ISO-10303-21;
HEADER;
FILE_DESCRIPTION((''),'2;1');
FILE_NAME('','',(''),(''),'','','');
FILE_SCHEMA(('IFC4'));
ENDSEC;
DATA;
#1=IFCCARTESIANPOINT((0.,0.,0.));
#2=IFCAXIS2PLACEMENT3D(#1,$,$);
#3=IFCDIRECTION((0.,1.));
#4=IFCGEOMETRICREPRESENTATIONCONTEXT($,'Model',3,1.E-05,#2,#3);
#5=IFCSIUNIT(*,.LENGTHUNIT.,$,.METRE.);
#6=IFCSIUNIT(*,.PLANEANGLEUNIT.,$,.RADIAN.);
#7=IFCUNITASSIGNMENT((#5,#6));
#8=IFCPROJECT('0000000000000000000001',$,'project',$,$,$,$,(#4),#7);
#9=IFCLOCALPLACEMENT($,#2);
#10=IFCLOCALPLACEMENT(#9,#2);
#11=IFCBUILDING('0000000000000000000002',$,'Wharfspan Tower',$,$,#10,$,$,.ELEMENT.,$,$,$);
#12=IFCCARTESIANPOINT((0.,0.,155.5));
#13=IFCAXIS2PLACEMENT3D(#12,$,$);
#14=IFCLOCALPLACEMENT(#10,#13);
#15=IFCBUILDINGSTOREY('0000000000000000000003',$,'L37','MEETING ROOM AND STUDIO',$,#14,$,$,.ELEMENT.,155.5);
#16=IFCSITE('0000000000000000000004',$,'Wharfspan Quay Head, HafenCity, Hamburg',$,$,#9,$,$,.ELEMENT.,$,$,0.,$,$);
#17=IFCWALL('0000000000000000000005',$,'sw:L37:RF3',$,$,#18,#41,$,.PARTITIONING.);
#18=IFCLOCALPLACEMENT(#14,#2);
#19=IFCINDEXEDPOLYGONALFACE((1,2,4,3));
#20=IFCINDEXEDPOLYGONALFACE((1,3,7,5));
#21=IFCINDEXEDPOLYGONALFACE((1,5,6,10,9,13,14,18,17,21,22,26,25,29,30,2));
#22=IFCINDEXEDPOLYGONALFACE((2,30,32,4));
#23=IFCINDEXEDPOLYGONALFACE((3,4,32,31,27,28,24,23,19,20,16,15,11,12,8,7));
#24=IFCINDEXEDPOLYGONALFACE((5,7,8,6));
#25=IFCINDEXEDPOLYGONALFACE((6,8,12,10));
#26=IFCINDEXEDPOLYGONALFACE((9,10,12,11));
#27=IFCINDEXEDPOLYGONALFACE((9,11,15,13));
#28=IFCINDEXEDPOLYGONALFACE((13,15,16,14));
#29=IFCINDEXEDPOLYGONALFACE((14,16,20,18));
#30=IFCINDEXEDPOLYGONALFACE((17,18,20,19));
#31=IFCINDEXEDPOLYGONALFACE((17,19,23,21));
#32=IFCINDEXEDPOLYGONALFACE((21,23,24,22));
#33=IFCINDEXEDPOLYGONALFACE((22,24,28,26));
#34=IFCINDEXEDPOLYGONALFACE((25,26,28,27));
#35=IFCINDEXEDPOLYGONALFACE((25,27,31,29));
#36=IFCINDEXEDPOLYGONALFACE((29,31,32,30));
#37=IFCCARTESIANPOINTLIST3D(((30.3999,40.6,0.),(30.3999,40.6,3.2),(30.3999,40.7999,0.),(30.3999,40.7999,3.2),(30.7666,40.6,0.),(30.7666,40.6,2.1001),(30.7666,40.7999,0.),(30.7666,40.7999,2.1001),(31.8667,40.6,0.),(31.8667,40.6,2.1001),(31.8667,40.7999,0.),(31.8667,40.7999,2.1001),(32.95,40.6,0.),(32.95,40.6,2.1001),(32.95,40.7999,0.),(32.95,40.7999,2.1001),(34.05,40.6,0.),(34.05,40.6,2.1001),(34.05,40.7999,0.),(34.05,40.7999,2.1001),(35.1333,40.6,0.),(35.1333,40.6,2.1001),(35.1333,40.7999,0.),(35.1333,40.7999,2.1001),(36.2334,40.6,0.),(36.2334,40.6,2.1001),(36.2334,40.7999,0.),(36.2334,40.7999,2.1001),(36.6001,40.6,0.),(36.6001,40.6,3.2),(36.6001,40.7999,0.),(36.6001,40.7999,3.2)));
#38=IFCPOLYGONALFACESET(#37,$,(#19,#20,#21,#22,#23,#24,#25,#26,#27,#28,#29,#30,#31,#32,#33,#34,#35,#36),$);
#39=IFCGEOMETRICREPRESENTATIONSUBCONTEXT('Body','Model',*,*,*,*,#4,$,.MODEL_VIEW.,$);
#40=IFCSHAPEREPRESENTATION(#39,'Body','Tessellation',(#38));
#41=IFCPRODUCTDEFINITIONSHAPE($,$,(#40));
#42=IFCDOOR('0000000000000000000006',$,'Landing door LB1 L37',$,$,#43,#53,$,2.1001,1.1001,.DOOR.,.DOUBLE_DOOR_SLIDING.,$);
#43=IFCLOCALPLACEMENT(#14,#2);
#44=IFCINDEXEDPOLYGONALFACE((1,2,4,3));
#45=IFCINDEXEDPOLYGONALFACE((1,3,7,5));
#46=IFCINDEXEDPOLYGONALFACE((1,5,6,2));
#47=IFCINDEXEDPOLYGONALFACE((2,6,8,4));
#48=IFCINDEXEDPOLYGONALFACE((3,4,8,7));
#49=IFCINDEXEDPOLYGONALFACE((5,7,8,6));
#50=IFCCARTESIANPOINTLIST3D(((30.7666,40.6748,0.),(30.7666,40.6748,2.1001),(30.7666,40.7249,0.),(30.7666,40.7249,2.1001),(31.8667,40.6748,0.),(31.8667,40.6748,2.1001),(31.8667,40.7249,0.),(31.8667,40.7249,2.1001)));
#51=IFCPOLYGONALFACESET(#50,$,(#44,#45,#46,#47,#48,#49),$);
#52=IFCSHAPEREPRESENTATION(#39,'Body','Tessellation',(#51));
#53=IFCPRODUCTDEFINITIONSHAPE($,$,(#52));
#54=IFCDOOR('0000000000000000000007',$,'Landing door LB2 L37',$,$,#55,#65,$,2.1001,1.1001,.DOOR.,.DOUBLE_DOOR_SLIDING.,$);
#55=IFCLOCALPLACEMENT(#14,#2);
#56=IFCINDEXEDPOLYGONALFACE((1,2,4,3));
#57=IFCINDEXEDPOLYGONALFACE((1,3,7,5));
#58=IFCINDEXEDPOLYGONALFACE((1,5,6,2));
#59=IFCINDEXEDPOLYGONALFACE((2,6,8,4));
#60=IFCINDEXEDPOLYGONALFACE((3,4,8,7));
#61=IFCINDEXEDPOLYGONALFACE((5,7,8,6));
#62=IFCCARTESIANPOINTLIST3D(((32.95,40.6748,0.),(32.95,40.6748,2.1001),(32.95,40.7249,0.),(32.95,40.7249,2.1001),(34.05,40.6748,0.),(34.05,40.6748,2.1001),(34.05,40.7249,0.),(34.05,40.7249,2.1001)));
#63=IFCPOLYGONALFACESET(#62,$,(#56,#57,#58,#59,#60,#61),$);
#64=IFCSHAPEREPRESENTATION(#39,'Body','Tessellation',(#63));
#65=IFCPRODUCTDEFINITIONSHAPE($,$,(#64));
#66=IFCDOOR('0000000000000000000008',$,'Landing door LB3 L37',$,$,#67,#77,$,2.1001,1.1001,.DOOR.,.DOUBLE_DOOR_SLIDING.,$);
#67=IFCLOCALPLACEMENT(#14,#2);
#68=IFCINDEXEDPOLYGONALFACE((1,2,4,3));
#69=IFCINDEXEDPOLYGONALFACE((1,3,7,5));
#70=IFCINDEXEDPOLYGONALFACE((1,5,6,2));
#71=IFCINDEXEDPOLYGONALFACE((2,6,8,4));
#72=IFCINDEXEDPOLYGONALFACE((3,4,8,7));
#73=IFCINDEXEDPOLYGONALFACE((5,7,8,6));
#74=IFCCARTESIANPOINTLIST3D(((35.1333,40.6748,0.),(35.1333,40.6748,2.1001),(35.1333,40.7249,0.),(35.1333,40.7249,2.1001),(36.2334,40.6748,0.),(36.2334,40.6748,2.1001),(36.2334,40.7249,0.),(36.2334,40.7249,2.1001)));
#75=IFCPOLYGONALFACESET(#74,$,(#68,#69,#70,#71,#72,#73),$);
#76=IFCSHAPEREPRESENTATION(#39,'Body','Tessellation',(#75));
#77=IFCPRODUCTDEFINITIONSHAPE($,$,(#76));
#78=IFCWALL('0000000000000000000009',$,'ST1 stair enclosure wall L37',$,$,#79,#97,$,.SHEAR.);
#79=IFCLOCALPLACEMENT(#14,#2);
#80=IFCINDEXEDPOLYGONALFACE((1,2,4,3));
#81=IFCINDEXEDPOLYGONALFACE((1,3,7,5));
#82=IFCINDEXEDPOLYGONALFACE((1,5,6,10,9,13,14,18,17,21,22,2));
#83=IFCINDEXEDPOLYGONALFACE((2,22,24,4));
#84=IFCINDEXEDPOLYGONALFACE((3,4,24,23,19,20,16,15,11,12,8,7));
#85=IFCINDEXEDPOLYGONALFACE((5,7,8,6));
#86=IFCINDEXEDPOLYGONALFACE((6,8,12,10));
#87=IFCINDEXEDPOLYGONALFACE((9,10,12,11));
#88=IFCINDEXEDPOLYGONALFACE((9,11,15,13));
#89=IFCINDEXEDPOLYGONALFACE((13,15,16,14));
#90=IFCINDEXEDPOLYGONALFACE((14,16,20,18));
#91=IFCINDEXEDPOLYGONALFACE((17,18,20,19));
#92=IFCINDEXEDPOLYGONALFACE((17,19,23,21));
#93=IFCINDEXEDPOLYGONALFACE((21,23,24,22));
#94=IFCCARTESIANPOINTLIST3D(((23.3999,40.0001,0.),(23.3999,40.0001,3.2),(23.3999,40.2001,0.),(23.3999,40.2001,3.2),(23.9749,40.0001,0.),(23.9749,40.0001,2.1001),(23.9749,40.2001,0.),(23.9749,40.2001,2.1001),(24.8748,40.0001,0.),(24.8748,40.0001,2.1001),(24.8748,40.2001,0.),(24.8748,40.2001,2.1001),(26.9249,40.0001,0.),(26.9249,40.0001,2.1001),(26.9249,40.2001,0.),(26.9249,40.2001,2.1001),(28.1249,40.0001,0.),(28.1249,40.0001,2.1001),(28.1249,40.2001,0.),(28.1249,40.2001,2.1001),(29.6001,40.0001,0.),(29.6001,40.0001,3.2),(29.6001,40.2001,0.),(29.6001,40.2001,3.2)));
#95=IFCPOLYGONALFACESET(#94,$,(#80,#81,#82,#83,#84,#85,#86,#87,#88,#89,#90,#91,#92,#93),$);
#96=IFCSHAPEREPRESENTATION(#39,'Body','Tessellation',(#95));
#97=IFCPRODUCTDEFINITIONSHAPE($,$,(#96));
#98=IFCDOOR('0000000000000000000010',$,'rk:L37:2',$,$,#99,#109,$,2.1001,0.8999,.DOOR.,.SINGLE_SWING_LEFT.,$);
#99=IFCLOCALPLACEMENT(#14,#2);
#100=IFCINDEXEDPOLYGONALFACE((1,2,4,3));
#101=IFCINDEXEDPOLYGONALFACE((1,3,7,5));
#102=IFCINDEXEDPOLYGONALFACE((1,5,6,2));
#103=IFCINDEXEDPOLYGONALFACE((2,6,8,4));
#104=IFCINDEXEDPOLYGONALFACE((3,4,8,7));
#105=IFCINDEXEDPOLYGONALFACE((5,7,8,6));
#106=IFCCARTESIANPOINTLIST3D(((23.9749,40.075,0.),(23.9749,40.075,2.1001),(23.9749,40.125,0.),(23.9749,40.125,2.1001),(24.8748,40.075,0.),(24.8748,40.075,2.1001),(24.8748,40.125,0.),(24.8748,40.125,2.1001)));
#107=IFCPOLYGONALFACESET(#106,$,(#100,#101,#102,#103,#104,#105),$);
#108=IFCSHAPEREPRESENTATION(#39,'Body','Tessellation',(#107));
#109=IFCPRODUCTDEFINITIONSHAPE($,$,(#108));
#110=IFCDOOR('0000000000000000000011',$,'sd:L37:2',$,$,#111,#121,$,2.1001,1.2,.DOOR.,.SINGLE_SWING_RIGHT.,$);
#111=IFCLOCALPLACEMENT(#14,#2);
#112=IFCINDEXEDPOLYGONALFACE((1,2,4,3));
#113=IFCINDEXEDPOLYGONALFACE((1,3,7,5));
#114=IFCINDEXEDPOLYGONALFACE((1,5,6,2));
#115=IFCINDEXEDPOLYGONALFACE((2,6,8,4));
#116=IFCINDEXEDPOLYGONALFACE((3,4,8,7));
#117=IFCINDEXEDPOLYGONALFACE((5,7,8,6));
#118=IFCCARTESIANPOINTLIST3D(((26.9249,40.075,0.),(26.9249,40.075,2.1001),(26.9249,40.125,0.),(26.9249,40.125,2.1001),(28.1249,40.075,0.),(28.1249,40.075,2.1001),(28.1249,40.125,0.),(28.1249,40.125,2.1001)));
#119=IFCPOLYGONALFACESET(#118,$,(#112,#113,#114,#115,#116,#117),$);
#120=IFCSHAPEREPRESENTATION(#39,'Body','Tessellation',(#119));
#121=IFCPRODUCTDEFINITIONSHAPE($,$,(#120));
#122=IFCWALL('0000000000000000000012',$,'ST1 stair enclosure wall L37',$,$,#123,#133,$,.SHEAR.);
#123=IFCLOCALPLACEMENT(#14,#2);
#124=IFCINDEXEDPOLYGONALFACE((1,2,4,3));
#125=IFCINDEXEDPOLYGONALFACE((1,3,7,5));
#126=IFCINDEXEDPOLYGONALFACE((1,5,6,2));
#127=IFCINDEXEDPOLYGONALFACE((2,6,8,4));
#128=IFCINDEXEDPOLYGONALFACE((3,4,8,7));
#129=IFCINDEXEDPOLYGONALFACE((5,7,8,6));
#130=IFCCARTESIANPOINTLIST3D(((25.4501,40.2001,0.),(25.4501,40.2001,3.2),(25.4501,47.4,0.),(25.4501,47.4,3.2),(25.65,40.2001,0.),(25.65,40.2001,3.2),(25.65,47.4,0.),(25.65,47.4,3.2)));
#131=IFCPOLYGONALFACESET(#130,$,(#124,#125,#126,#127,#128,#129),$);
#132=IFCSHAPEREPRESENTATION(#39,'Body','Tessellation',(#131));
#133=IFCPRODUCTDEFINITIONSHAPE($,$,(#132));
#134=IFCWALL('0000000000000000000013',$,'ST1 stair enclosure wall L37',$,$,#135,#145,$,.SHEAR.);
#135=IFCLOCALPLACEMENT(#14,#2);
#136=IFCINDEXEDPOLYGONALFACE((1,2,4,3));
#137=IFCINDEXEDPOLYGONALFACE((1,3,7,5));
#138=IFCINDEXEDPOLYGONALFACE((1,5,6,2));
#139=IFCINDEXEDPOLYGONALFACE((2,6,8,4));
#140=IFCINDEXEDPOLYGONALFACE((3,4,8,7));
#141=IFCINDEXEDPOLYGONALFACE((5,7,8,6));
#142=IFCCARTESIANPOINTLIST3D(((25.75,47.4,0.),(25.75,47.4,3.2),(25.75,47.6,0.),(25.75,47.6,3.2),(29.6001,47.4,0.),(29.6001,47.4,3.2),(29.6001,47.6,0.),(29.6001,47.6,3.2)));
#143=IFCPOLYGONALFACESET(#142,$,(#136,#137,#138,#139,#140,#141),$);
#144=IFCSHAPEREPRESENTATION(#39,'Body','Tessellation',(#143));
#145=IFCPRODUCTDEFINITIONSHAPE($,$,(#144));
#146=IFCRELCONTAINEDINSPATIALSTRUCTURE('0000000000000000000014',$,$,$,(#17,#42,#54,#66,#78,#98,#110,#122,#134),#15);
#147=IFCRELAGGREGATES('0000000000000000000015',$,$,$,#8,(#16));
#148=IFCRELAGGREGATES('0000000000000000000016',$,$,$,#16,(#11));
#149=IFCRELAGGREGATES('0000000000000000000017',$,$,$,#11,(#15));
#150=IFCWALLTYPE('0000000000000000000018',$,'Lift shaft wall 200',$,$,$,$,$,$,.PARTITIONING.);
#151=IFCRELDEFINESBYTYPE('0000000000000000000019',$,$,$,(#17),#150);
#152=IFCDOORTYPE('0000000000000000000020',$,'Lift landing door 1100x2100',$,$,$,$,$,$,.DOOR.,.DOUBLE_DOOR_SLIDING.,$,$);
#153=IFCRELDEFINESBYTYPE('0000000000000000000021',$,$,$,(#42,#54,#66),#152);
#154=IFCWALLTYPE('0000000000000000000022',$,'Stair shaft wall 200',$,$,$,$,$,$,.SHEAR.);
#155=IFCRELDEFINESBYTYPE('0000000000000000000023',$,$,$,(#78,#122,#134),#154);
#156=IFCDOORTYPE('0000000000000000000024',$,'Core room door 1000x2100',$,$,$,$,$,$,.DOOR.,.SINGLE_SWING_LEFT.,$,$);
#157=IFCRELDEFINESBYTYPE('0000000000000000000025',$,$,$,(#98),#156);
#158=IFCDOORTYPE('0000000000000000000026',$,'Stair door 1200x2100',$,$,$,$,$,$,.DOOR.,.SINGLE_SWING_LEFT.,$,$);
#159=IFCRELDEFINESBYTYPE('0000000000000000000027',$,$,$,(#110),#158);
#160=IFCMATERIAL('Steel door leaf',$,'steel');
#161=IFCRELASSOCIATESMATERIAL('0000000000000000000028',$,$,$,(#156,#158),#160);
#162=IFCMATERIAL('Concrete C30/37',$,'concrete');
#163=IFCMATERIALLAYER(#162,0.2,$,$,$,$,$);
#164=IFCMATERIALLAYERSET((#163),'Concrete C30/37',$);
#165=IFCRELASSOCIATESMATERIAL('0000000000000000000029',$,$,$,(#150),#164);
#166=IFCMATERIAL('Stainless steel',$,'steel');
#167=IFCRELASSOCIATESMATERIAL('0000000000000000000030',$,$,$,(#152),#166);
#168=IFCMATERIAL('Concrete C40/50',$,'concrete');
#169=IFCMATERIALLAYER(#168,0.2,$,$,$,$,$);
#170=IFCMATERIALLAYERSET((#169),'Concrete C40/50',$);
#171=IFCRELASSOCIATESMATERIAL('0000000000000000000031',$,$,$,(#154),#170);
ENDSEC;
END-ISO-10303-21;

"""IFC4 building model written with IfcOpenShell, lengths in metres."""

from ifc_helpers import new_model, si_unit, direction, frame, frame_2d, origin, place, context, subcontext, project, spatial, rectangle, extrude, material, layer, layer_set, type_object, element, fill, save


model = new_model("IFC4")

# Units and contexts
model_context = context("Model", 3, precision=1e-05, world=origin(), true_north=direction((0.0, 1.0)))
body_context = subcontext(model_context, "Body", "Model", "MODEL_VIEW")
ifc_project = project(units=[si_unit("LENGTHUNIT", "METRE"), si_unit("PLANEANGLEUNIT", "RADIAN")], contexts=[model_context])

# Site, building, storey
site_placement = place(None, origin())
site = spatial("IfcSite", under=ifc_project, at=site_placement, Name="Wharfspan Quay Head, HafenCity, Hamburg", CompositionType="ELEMENT", RefElevation=0.0)
building_placement = place(site_placement, origin())
building = spatial("IfcBuilding", under=site, at=building_placement, Name="Wharfspan Tower", CompositionType="ELEMENT")
storey_placement = place(building_placement, frame((0.0, 0.0, 155.5)))
storey = spatial("IfcBuildingStorey", under=building, at=storey_placement, Name="L37", Description="MEETING ROOM AND STUDIO", CompositionType="ELEMENT", Elevation=155.5)

# Shared definitions
ifc_material_1 = material(Name="Steel door leaf", Category="steel")
door_type_1 = type_object("IfcDoorType", Name="Core room door 1000x2100", OperationType="SINGLE_SWING_LEFT", PredefinedType="DOOR", material=ifc_material_1)

# Walls, openings, doors
ifc_material_2 = material(Name="Concrete C30/37", Category="concrete")
ifc_layer_1 = layer(ifc_material_2, 0.2)
ifc_layer_set_1 = layer_set([ifc_layer_1], Name="Concrete C30/37")
wall_type_1 = type_object("IfcWallType", Name="Lift shaft wall 200", PredefinedType="PARTITIONING", material=ifc_layer_set_1)
wall_1_placement = place(storey_placement, frame((30.3999, 40.7, 0.0), z_axis=(0.0, 0.0, 1.0), x_axis=(1.0, 0.0, 0.0)))
wall_1 = element("IfcWall", 1, at=wall_1_placement, inside=storey, type_object=wall_type_1, Name="sw:L37:RF3", PredefinedType="PARTITIONING", context=body_context, shape_type="SweptSolid", body=[
    extrude(rectangle(XDim=6.2002, YDim=0.2, at=frame_2d((3.1001, 0.0))), origin(), (0.0, 0.0, 1.0), 3.2),
])
opening_1_placement = place(wall_1_placement, frame((0.3667, 0.0, 0.0)))
opening_1 = element("IfcOpeningElement", 2, at=opening_1_placement, cuts=wall_1, PredefinedType="OPENING", context=body_context, shape_type="SweptSolid", body=[
    extrude(rectangle(XDim=1.1001, YDim=2.1001, at=frame_2d((0.55, 1.05))), frame((0.0, 0.1099, 0.0), z_axis=(0.0, -1.0, 0.0), x_axis=(1.0, 0.0, 0.0)), (0.0, 0.0, 1.0), 0.22),
])
opening_2_placement = place(wall_1_placement, frame((2.55, 0.0, 0.0)))
opening_2 = element("IfcOpeningElement", 3, at=opening_2_placement, cuts=wall_1, PredefinedType="OPENING", context=body_context, shape_type="SweptSolid", body=[
    extrude(rectangle(XDim=1.1001, YDim=2.1001, at=frame_2d((0.55, 1.05))), frame((0.0, 0.1099, 0.0), z_axis=(0.0, -1.0, 0.0), x_axis=(1.0, 0.0, 0.0)), (0.0, 0.0, 1.0), 0.22),
])
opening_3_placement = place(wall_1_placement, frame((4.7334, 0.0, 0.0)))
opening_3 = element("IfcOpeningElement", 4, at=opening_3_placement, cuts=wall_1, PredefinedType="OPENING", context=body_context, shape_type="SweptSolid", body=[
    extrude(rectangle(XDim=1.1001, YDim=2.1001, at=frame_2d((0.55, 1.05))), frame((0.0, 0.1099, 0.0), z_axis=(0.0, -1.0, 0.0), x_axis=(1.0, 0.0, 0.0)), (0.0, 0.0, 1.0), 0.22),
])
ifc_material_3 = material(Name="Stainless steel", Category="steel")
door_type_2 = type_object("IfcDoorType", Name="Lift landing door 1100x2100", OperationType="DOUBLE_DOOR_SLIDING", PredefinedType="DOOR", material=ifc_material_3)
door_1_placement = place(opening_1_placement, origin())
door_1 = element("IfcDoor", 5, at=door_1_placement, inside=storey, type_object=door_type_2, Name="Landing door LB1 L37", OperationType="DOUBLE_DOOR_SLIDING", OverallHeight=2.1001, OverallWidth=1.1001, PredefinedType="DOOR", context=body_context, shape_type="SweptSolid", body=[
    extrude(rectangle(XDim=1.1001, YDim=2.1001, at=frame_2d((0.55, 1.05))), frame((0.0, 0.0249, 0.0), z_axis=(0.0, -1.0, 0.0), x_axis=(1.0, 0.0, 0.0)), (0.0, 0.0, 1.0), 0.05),
])
fill(opening_1, door_1)
door_2_placement = place(opening_2_placement, origin())
door_2 = element("IfcDoor", 6, at=door_2_placement, inside=storey, type_object=door_type_2, Name="Landing door LB2 L37", OperationType="DOUBLE_DOOR_SLIDING", OverallHeight=2.1001, OverallWidth=1.1001, PredefinedType="DOOR", context=body_context, shape_type="SweptSolid", body=[
    extrude(rectangle(XDim=1.1001, YDim=2.1001, at=frame_2d((0.55, 1.05))), frame((0.0, 0.0249, 0.0), z_axis=(0.0, -1.0, 0.0), x_axis=(1.0, 0.0, 0.0)), (0.0, 0.0, 1.0), 0.05),
])
fill(opening_2, door_2)
door_3_placement = place(opening_3_placement, origin())
door_3 = element("IfcDoor", 7, at=door_3_placement, inside=storey, type_object=door_type_2, Name="Landing door LB3 L37", OperationType="DOUBLE_DOOR_SLIDING", OverallHeight=2.1001, OverallWidth=1.1001, PredefinedType="DOOR", context=body_context, shape_type="SweptSolid", body=[
    extrude(rectangle(XDim=1.1001, YDim=2.1001, at=frame_2d((0.55, 1.05))), frame((0.0, 0.0249, 0.0), z_axis=(0.0, -1.0, 0.0), x_axis=(1.0, 0.0, 0.0)), (0.0, 0.0, 1.0), 0.05),
])
fill(opening_3, door_3)
ifc_material_4 = material(Name="Concrete C40/50", Category="concrete")
ifc_layer_2 = layer(ifc_material_4, 0.2)
ifc_layer_set_2 = layer_set([ifc_layer_2], Name="Concrete C40/50")
wall_type_2 = type_object("IfcWallType", Name="Stair shaft wall 200", PredefinedType="SHEAR", material=ifc_layer_set_2)
wall_2_placement = place(storey_placement, frame((23.3999, 40.1001, 0.0), z_axis=(0.0, 0.0, 1.0), x_axis=(1.0, 0.0, 0.0)))
wall_2 = element("IfcWall", 8, at=wall_2_placement, inside=storey, type_object=wall_type_2, Name="ST1 stair enclosure wall L37", PredefinedType="SHEAR", context=body_context, shape_type="SweptSolid", body=[
    extrude(rectangle(XDim=6.2002, YDim=0.2, at=frame_2d((3.1001, 0.0))), origin(), (0.0, 0.0, 1.0), 3.2),
])
opening_4_placement = place(wall_2_placement, frame((3.5249, 0.0, 0.0)))
opening_4 = element("IfcOpeningElement", 9, at=opening_4_placement, cuts=wall_2, PredefinedType="OPENING", context=body_context, shape_type="SweptSolid", body=[
    extrude(rectangle(XDim=1.2, YDim=2.1001, at=frame_2d((0.6001, 1.05))), frame((0.0, 0.1099, 0.0), z_axis=(0.0, -1.0, 0.0), x_axis=(1.0, 0.0, 0.0)), (0.0, 0.0, 1.0), 0.22),
])
opening_5_placement = place(wall_2_placement, frame((0.575, 0.0, 0.0)))
opening_5 = element("IfcOpeningElement", 10, at=opening_5_placement, cuts=wall_2, PredefinedType="OPENING", context=body_context, shape_type="SweptSolid", body=[
    extrude(rectangle(XDim=0.8999, YDim=2.1001, at=frame_2d((0.45, 1.05))), frame((0.0, 0.1099, 0.0), z_axis=(0.0, -1.0, 0.0), x_axis=(1.0, 0.0, 0.0)), (0.0, 0.0, 1.0), 0.22),
])
door_4_placement = place(opening_5_placement, origin())
door_4 = element("IfcDoor", 11, at=door_4_placement, inside=storey, type_object=door_type_1, Name="rk:L37:2", OperationType="SINGLE_SWING_LEFT", OverallHeight=2.1001, OverallWidth=0.8999, PredefinedType="DOOR", context=body_context, shape_type="SweptSolid", body=[
    extrude(rectangle(XDim=0.8999, YDim=2.1001, at=frame_2d((0.45, 1.05))), frame((0.0, 0.0249, 0.0), z_axis=(0.0, -1.0, 0.0), x_axis=(1.0, 0.0, 0.0)), (0.0, 0.0, 1.0), 0.05),
])
fill(opening_5, door_4)
door_type_3 = type_object("IfcDoorType", Name="Stair door 1200x2100", OperationType="SINGLE_SWING_LEFT", PredefinedType="DOOR", material=ifc_material_1)
door_5_placement = place(opening_4_placement, origin())
door_5 = element("IfcDoor", 12, at=door_5_placement, inside=storey, type_object=door_type_3, Name="sd:L37:2", OperationType="SINGLE_SWING_RIGHT", OverallHeight=2.1001, OverallWidth=1.2, PredefinedType="DOOR", context=body_context, shape_type="SweptSolid", body=[
    extrude(rectangle(XDim=1.2, YDim=2.1001, at=frame_2d((0.6001, 1.05))), frame((0.0, 0.0249, 0.0), z_axis=(0.0, -1.0, 0.0), x_axis=(1.0, 0.0, 0.0)), (0.0, 0.0, 1.0), 0.05),
])
fill(opening_4, door_5)

# Walls
wall_3_placement = place(storey_placement, frame((25.55, 40.2, 0.0), z_axis=(0.0, 0.0, 1.0), x_axis=(0.0, 1.0, 0.0)))
element("IfcWall", 13, at=wall_3_placement, inside=storey, type_object=wall_type_2, Name="ST1 stair enclosure wall L37", PredefinedType="SHEAR", context=body_context, shape_type="SweptSolid", body=[
    extrude(rectangle(XDim=7.2, YDim=0.2, at=frame_2d((3.6001, 0.0))), origin(), (0.0, 0.0, 1.0), 3.2),
])
wall_4_placement = place(storey_placement, frame((25.75, 47.5, 0.0), z_axis=(0.0, 0.0, 1.0), x_axis=(1.0, 0.0, 0.0)))
element("IfcWall", 14, at=wall_4_placement, inside=storey, type_object=wall_type_2, Name="ST1 stair enclosure wall L37", PredefinedType="SHEAR", context=body_context, shape_type="SweptSolid", body=[
    extrude(rectangle(XDim=3.8501, YDim=0.2, at=frame_2d((1.925, 0.0))), origin(), (0.0, 0.0, 1.0), 3.2),
])

save(model, "model.ifc")
